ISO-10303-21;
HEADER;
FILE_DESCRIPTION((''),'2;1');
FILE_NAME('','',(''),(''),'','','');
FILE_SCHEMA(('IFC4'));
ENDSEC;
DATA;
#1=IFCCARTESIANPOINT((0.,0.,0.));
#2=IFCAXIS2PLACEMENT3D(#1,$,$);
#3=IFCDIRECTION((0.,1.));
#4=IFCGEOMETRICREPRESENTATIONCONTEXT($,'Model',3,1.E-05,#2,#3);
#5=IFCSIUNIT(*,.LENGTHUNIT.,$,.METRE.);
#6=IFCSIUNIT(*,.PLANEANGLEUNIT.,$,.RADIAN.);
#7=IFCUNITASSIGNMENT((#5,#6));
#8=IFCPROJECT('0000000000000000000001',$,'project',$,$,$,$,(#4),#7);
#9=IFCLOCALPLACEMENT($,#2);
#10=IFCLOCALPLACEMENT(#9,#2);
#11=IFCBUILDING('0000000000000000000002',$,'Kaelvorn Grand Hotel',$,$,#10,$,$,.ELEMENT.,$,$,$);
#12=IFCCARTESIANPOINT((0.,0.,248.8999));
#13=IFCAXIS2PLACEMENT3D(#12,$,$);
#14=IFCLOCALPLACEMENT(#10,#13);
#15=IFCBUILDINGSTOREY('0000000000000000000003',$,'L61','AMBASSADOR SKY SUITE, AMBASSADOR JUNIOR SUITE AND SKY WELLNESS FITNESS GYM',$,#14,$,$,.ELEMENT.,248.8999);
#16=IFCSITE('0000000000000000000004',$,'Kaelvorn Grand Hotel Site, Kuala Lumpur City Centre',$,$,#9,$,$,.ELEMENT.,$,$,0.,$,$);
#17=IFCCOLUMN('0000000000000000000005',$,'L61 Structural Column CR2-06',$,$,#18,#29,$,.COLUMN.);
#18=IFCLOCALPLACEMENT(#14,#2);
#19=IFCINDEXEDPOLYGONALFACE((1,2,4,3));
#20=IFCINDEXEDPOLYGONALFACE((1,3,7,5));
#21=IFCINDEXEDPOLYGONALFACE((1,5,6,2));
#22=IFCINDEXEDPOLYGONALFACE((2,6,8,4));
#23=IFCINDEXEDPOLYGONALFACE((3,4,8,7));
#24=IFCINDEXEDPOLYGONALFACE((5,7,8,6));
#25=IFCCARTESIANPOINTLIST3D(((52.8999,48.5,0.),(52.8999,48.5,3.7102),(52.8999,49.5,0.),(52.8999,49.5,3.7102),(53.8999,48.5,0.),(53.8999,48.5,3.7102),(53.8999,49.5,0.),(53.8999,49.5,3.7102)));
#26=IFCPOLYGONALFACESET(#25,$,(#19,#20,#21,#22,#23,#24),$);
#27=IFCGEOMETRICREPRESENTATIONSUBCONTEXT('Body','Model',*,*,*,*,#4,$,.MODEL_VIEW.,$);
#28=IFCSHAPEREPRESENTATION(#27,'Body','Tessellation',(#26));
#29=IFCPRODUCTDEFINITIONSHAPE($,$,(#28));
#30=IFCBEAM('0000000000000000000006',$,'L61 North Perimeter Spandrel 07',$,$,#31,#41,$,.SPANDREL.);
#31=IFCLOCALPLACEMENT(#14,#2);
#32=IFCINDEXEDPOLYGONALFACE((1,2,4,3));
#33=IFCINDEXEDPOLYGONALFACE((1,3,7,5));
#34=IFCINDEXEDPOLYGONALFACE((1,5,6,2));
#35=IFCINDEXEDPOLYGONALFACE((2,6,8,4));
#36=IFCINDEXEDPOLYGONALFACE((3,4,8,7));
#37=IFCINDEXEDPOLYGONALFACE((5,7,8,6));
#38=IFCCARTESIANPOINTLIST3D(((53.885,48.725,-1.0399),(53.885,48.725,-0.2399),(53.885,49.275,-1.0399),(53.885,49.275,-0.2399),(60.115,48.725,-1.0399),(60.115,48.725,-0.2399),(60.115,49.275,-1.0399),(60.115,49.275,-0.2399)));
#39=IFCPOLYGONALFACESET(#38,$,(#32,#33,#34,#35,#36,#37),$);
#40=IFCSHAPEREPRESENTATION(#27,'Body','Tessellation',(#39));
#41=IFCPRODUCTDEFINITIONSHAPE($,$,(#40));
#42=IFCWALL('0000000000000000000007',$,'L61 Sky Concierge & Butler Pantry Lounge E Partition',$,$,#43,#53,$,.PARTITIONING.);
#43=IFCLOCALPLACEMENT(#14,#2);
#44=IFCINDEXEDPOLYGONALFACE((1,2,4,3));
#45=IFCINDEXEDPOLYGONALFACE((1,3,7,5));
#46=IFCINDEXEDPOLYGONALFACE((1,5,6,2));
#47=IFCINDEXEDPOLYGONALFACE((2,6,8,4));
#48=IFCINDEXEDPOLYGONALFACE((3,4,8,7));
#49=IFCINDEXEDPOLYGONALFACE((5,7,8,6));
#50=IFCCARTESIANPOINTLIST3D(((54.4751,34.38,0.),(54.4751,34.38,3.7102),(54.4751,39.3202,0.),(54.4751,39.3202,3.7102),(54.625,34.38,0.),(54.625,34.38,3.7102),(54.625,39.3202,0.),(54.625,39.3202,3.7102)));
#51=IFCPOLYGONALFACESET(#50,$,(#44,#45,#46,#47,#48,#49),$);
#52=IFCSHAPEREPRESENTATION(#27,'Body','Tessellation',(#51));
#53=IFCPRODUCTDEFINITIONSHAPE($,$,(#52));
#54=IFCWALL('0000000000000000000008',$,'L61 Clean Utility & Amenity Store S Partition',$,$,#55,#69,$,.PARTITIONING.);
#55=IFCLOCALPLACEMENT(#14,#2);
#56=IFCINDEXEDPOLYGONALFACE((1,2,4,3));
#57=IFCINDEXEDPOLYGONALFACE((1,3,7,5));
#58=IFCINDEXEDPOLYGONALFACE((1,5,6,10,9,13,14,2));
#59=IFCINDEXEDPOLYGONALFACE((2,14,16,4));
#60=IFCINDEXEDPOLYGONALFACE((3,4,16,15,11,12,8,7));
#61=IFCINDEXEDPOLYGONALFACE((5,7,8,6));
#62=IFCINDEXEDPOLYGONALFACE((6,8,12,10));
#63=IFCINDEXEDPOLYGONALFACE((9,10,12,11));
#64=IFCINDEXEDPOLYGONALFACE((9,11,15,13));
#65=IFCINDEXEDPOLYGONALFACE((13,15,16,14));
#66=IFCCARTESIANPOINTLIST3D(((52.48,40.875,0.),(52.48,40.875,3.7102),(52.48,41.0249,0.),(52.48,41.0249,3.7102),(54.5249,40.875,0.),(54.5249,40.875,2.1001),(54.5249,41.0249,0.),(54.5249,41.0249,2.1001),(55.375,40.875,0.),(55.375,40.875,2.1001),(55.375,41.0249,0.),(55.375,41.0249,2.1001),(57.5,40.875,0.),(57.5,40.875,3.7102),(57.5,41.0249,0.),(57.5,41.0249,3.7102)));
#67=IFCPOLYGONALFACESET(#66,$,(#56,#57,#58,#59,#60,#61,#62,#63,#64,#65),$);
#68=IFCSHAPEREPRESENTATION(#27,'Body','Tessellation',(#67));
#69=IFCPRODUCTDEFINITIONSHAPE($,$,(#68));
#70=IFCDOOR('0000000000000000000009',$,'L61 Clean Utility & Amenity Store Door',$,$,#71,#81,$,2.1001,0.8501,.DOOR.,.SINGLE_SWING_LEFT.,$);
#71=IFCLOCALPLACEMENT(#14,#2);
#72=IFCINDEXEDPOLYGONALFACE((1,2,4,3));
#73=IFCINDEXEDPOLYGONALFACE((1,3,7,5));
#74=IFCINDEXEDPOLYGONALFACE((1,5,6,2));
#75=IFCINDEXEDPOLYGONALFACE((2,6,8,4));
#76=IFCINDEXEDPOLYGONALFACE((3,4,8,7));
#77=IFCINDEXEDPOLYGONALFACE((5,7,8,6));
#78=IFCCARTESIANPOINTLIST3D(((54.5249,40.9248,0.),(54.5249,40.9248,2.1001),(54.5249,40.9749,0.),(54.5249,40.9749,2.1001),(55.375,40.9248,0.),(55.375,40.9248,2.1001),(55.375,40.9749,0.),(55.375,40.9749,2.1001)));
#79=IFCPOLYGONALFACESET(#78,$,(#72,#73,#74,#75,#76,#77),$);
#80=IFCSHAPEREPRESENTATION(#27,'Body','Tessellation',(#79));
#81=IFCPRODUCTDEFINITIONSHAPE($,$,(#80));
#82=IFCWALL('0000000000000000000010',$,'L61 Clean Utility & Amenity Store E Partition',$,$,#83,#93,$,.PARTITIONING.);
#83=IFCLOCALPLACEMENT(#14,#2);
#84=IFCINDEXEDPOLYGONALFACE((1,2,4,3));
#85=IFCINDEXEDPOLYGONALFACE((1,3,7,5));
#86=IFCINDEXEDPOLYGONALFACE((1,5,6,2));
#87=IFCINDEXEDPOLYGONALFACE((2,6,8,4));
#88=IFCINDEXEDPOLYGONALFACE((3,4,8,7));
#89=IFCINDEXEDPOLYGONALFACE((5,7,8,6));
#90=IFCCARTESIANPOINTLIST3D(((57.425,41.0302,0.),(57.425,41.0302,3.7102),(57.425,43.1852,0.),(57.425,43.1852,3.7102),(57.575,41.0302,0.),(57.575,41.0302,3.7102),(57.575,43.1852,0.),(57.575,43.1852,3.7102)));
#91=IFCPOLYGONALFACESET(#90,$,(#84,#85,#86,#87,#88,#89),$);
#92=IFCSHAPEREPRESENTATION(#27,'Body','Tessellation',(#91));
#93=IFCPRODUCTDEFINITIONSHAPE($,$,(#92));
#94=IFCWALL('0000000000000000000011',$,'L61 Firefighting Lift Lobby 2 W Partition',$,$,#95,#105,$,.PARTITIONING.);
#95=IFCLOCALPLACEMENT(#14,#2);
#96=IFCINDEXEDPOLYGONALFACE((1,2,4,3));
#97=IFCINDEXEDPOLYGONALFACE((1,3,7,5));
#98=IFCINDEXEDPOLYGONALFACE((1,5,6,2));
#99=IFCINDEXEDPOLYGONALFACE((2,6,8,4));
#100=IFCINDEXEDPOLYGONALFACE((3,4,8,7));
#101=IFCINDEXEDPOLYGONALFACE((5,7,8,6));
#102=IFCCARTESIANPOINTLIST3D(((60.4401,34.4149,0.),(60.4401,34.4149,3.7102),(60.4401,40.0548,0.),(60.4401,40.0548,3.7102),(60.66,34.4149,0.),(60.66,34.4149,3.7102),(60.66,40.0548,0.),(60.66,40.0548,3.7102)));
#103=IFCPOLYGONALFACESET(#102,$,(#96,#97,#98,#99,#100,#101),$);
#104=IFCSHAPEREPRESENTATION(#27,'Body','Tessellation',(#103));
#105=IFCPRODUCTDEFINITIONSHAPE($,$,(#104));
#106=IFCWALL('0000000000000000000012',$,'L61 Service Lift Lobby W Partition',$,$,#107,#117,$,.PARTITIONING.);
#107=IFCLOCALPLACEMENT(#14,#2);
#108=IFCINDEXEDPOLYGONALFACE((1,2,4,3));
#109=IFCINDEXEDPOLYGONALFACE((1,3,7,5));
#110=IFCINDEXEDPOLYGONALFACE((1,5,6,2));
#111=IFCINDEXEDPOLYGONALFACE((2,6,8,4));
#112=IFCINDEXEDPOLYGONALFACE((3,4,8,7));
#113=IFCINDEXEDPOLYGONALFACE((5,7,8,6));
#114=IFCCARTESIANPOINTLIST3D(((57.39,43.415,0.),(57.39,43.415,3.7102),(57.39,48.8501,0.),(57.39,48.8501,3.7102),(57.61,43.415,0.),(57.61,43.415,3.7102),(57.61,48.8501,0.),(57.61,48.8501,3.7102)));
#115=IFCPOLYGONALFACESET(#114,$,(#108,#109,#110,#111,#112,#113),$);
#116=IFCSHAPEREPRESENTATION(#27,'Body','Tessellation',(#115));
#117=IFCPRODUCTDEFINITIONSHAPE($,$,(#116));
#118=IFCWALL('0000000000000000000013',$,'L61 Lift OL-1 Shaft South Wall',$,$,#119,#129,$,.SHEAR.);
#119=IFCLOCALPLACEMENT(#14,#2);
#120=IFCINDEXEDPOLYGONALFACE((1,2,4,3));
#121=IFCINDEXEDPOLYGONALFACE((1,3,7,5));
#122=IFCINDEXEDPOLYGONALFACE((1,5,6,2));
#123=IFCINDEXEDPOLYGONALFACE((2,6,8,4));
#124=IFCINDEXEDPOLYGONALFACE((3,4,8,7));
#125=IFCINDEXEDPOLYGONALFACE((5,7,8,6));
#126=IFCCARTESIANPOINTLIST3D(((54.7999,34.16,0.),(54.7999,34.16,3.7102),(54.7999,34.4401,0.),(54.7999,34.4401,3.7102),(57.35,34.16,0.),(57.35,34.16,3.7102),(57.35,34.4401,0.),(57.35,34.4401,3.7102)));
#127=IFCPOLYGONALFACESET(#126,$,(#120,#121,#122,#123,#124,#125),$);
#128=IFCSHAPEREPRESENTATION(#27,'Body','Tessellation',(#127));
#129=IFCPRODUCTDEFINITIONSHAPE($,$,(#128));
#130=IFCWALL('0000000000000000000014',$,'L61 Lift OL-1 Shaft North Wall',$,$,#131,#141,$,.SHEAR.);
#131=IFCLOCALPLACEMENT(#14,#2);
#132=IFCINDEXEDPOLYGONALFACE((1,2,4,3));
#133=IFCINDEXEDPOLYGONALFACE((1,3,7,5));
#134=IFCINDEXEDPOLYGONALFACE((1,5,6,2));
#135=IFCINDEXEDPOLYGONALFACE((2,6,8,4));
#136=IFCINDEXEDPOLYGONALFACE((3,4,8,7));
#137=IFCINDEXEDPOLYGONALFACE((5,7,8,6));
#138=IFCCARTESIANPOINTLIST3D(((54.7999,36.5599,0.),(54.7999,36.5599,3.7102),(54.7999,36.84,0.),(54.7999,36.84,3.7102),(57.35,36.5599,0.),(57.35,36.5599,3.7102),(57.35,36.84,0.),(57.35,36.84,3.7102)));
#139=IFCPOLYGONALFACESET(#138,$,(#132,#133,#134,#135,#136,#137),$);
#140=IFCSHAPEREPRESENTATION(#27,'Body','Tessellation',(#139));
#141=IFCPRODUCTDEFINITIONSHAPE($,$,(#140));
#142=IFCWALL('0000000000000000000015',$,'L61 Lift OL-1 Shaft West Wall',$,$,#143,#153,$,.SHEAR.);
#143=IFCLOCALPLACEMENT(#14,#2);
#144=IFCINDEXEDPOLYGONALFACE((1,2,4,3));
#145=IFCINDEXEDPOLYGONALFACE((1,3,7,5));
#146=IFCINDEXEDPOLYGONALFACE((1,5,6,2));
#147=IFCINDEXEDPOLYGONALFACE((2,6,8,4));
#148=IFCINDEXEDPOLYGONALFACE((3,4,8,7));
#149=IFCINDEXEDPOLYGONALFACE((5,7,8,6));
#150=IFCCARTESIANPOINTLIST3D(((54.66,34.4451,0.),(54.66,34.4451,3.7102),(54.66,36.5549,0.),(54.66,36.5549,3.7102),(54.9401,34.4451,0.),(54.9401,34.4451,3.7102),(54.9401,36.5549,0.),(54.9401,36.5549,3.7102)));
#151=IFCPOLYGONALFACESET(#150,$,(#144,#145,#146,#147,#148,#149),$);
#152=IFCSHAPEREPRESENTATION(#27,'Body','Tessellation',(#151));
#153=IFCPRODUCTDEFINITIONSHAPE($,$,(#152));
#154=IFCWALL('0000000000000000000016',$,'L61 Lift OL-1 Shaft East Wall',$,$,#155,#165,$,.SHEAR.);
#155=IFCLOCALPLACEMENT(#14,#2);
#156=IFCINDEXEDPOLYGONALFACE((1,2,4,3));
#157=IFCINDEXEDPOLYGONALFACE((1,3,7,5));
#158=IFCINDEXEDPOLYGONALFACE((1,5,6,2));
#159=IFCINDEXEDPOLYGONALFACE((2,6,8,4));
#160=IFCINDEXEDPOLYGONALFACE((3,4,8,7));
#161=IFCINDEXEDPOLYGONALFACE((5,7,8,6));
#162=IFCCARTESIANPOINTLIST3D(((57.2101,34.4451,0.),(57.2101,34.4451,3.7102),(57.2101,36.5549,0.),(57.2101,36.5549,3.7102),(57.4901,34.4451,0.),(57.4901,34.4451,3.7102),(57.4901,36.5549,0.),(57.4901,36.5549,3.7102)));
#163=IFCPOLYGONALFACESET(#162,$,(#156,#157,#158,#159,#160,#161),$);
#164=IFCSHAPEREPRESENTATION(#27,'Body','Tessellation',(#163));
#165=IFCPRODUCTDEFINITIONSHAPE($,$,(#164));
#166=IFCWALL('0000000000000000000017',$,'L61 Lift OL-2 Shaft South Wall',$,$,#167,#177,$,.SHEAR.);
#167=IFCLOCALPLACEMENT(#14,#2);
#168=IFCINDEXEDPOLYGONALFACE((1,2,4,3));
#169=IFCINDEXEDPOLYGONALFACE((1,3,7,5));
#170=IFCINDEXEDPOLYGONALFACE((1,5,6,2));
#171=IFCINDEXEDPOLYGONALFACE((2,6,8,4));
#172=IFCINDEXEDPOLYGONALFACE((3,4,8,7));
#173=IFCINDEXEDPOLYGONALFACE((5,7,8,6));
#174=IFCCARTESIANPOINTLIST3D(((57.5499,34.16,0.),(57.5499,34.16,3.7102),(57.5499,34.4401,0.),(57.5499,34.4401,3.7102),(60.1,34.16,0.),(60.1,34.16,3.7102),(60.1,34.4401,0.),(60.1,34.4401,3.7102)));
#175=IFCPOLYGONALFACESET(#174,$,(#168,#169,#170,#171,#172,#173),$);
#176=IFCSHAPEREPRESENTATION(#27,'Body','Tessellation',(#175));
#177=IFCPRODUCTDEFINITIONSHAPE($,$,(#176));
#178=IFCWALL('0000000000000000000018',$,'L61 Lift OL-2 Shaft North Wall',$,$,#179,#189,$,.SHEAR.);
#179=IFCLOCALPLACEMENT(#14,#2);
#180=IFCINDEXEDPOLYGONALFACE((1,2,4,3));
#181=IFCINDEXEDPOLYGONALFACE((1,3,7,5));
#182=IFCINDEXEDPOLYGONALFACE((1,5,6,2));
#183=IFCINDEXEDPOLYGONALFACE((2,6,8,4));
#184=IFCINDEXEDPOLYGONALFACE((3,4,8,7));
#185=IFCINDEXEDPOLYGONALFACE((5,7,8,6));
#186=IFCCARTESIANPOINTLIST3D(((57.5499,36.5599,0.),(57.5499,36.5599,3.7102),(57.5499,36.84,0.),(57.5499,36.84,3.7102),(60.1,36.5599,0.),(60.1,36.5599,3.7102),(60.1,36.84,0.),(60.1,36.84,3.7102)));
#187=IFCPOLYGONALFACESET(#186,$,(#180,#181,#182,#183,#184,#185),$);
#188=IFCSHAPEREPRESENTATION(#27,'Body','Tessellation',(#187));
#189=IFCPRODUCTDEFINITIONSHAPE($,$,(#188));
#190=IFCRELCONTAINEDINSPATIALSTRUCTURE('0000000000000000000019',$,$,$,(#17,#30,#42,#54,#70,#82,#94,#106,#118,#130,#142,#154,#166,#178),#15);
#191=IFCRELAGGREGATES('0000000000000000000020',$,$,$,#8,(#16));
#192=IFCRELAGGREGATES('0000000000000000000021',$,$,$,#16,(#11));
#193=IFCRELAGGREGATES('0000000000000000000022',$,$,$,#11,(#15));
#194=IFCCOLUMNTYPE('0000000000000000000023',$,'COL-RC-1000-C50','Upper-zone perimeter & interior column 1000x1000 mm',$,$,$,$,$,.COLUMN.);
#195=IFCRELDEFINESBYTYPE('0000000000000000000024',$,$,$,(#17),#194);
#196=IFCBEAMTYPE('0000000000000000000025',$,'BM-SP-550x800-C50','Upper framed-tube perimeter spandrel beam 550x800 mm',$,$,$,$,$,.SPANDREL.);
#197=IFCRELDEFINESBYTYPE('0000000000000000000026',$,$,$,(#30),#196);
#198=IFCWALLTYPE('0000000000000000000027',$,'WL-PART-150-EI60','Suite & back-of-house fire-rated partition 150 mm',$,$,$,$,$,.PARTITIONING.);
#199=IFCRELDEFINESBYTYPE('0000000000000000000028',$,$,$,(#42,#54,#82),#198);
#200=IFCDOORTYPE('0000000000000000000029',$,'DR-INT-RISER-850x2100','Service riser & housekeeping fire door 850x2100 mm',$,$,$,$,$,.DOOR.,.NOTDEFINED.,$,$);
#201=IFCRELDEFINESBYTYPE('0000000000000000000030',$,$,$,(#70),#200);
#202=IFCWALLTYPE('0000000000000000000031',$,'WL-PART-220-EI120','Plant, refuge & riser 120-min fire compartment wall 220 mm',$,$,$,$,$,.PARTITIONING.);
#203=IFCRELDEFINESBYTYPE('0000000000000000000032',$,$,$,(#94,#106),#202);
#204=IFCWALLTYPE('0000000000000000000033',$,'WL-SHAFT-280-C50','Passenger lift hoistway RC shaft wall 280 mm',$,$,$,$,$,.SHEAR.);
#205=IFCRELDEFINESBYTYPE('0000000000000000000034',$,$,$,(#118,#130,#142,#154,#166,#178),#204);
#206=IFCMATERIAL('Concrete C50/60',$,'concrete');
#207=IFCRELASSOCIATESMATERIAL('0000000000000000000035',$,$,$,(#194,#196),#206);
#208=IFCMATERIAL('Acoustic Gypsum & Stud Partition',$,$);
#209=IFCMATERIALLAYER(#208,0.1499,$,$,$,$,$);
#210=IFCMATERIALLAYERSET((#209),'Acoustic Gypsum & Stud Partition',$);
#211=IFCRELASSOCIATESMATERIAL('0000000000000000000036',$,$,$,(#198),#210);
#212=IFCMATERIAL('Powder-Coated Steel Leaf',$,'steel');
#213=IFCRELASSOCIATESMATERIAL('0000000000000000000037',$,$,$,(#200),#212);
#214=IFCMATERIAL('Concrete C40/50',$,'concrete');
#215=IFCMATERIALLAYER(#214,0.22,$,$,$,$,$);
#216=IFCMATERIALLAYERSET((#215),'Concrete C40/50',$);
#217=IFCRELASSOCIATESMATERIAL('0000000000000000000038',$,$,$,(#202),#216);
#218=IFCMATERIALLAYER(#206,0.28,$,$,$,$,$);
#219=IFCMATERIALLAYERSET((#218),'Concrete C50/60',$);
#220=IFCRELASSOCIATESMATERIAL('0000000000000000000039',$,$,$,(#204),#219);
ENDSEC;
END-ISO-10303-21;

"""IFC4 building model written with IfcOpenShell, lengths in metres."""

from ifc_helpers import new_model, si_unit, direction, frame, frame_2d, origin, origin_2d, place, context, subcontext, project, spatial, rectangle, extrude, material, layer, layer_set, material_profile, profile_set, type_object, element, fill, save


model = new_model("IFC4")

# Units and contexts
model_context = context("Model", 3, precision=1e-05, world=origin(), true_north=direction((0.0, 1.0)))
body_context = subcontext(model_context, "Body", "Model", "MODEL_VIEW")
ifc_project = project(units=[si_unit("LENGTHUNIT", "METRE"), si_unit("PLANEANGLEUNIT", "RADIAN")], contexts=[model_context])

# Site, building, storey
site_placement = place(None, origin())
site = spatial("IfcSite", under=ifc_project, at=site_placement, Name="Kaelvorn Grand Hotel Site, Kuala Lumpur City Centre", CompositionType="ELEMENT", RefElevation=0.0)
building_placement = place(site_placement, origin())
building = spatial("IfcBuilding", under=site, at=building_placement, Name="Kaelvorn Grand Hotel", CompositionType="ELEMENT")
storey_placement = place(building_placement, frame((0.0, 0.0, 248.8999)))
storey = spatial("IfcBuildingStorey", under=building, at=storey_placement, Name="L61", Description="AMBASSADOR SKY SUITE, AMBASSADOR JUNIOR SUITE AND SKY WELLNESS FITNESS GYM", CompositionType="ELEMENT", Elevation=248.8999)

# Column
ifc_material_1 = material(Name="Concrete C50/60", Category="concrete")
ifc_material_profile_1 = material_profile(ifc_material_1, rectangle(XDim=1.0, YDim=1.0, at=origin_2d()), Name="RC COL 1000x1000")
ifc_profile_set_1 = profile_set([ifc_material_profile_1], Name="Concrete C50/60")
column_type = type_object("IfcColumnType", Name="COL-RC-1000-C50", Description="Upper-zone perimeter & interior column 1000x1000 mm", PredefinedType="COLUMN", material=ifc_profile_set_1)
column_placement = place(storey_placement, frame((53.3999, 49.0, 0.0), z_axis=(0.0, 0.0, 1.0), x_axis=(1.0, 0.0, 0.0)))
element("IfcColumn", 1, at=column_placement, inside=storey, type_object=column_type, Name="L61 Structural Column CR2-06", PredefinedType="COLUMN", context=body_context, shape_type="SweptSolid", body=[
    extrude(rectangle(XDim=1.0, YDim=1.0, at=origin_2d()), origin(), (0.0, 0.0, 1.0), 3.7102),
])

# Beam
ifc_material_profile_2 = material_profile(ifc_material_1, rectangle(XDim=0.55, YDim=0.8, at=origin_2d()), Name="RC SPANDREL 550x800")
ifc_profile_set_2 = profile_set([ifc_material_profile_2], Name="Concrete C50/60")
beam_type = type_object("IfcBeamType", Name="BM-SP-550x800-C50", Description="Upper framed-tube perimeter spandrel beam 550x800 mm", PredefinedType="SPANDREL", material=ifc_profile_set_2)
beam_placement = place(storey_placement, frame((53.885, 49.0, -0.6399), z_axis=(1.0, 0.0, 0.0), x_axis=(0.0, 1.0, 0.0)))
element("IfcBeam", 2, at=beam_placement, inside=storey, type_object=beam_type, Name="L61 North Perimeter Spandrel 07", PredefinedType="SPANDREL", context=body_context, shape_type="SweptSolid", body=[
    extrude(rectangle(XDim=0.55, YDim=0.8, at=origin_2d()), origin(), (0.0, 0.0, 1.0), 6.23),
])

# Wall
ifc_material_2 = material(Name="Acoustic Gypsum & Stud Partition")
ifc_layer_1 = layer(ifc_material_2, 0.1499)
ifc_layer_set_1 = layer_set([ifc_layer_1], Name="Acoustic Gypsum & Stud Partition")
wall_type_1 = type_object("IfcWallType", Name="WL-PART-150-EI60", Description="Suite & back-of-house fire-rated partition 150 mm", PredefinedType="PARTITIONING", material=ifc_layer_set_1)
wall_1_placement = place(storey_placement, frame((54.55, 34.3799, 0.0), z_axis=(0.0, 0.0, 1.0), x_axis=(0.0, 1.0, 0.0)))
element("IfcWall", 3, at=wall_1_placement, inside=storey, type_object=wall_type_1, Name="L61 Sky Concierge & Butler Pantry Lounge E Partition", PredefinedType="PARTITIONING", context=body_context, shape_type="SweptSolid", body=[
    extrude(rectangle(XDim=4.9402, YDim=0.1499, at=frame_2d((2.4702, 0.0))), origin(), (0.0, 0.0, 1.0), 3.7102),
])

# Wall, opening, door
wall_2_placement = place(storey_placement, frame((52.48, 40.95, 0.0), z_axis=(0.0, 0.0, 1.0), x_axis=(1.0, 0.0, 0.0)))
wall_2 = element("IfcWall", 4, at=wall_2_placement, inside=storey, type_object=wall_type_1, Name="L61 Clean Utility & Amenity Store S Partition", PredefinedType="PARTITIONING", context=body_context, shape_type="SweptSolid", body=[
    extrude(rectangle(XDim=5.02, YDim=0.1499, at=frame_2d((2.51, 0.0))), origin(), (0.0, 0.0, 1.0), 3.7102),
])
opening_1_placement = place(wall_2_placement, frame((2.0449, 0.0, 0.0)))
opening_1 = element("IfcOpeningElement", 5, at=opening_1_placement, cuts=wall_2, PredefinedType="OPENING", context=body_context, shape_type="SweptSolid", body=[
    extrude(rectangle(XDim=0.8501, YDim=2.1001, at=frame_2d((0.425, 1.05))), frame((0.0, 0.085, 0.0), z_axis=(0.0, -1.0, 0.0), x_axis=(1.0, 0.0, 0.0)), (0.0, 0.0, 1.0), 0.1699),
])
ifc_material_3 = material(Name="Powder-Coated Steel Leaf", Category="steel")
door_type_1 = type_object("IfcDoorType", Name="DR-INT-RISER-850x2100", Description="Service riser & housekeeping fire door 850x2100 mm", OperationType="NOTDEFINED", PredefinedType="DOOR", material=ifc_material_3)
door_1_placement = place(opening_1_placement, origin())
door_1 = element("IfcDoor", 6, at=door_1_placement, inside=storey, type_object=door_type_1, Name="L61 Clean Utility & Amenity Store Door", OperationType="SINGLE_SWING_LEFT", OverallHeight=2.1001, OverallWidth=0.8501, PredefinedType="DOOR", context=body_context, shape_type="SweptSolid", body=[
    extrude(rectangle(XDim=0.8501, YDim=2.1001, at=frame_2d((0.425, 1.05))), frame((0.0, 0.0249, 0.0), z_axis=(0.0, -1.0, 0.0), x_axis=(1.0, 0.0, 0.0)), (0.0, 0.0, 1.0), 0.05),
])
fill(opening_1, door_1)

# Wall
wall_3_placement = place(storey_placement, frame((57.5, 41.03, 0.0), z_axis=(0.0, 0.0, 1.0), x_axis=(0.0, 1.0, 0.0)))
element("IfcWall", 7, at=wall_3_placement, inside=storey, type_object=wall_type_1, Name="L61 Clean Utility & Amenity Store E Partition", PredefinedType="PARTITIONING", context=body_context, shape_type="SweptSolid", body=[
    extrude(rectangle(XDim=2.155, YDim=0.1499, at=frame_2d((1.0776, 0.0))), origin(), (0.0, 0.0, 1.0), 3.7102),
])

# Shared definitions
ifc_material_4 = material(Name="Concrete C40/50", Category="concrete")
ifc_layer_2 = layer(ifc_material_4, 0.22)
ifc_layer_set_2 = layer_set([ifc_layer_2], Name="Concrete C40/50")
wall_type_2 = type_object("IfcWallType", Name="WL-PART-220-EI120", Description="Plant, refuge & riser 120-min fire compartment wall 220 mm", PredefinedType="PARTITIONING", material=ifc_layer_set_2)

# Wall
wall_4_placement = place(storey_placement, frame((60.55, 34.415, 0.0), z_axis=(0.0, 0.0, 1.0), x_axis=(0.0, 1.0, 0.0)))
element("IfcWall", 8, at=wall_4_placement, inside=storey, type_object=wall_type_2, Name="L61 Firefighting Lift Lobby 2 W Partition", PredefinedType="PARTITIONING", context=body_context, shape_type="SweptSolid", body=[
    extrude(rectangle(XDim=5.6399, YDim=0.22, at=frame_2d((2.8198, 0.0))), origin(), (0.0, 0.0, 1.0), 3.7102),
])

# Walls
wall_5_placement = place(storey_placement, frame((57.5, 43.415, 0.0), z_axis=(0.0, 0.0, 1.0), x_axis=(0.0, 1.0, 0.0)))
element("IfcWall", 9, at=wall_5_placement, inside=storey, type_object=wall_type_2, Name="L61 Service Lift Lobby W Partition", PredefinedType="PARTITIONING", context=body_context, shape_type="SweptSolid", body=[
    extrude(rectangle(XDim=5.4351, YDim=0.22, at=frame_2d((2.7175, 0.0))), origin(), (0.0, 0.0, 1.0), 3.7102),
])
ifc_layer_3 = layer(ifc_material_1, 0.28)
ifc_layer_set_3 = layer_set([ifc_layer_3], Name="Concrete C50/60")
wall_type_3 = type_object("IfcWallType", Name="WL-SHAFT-280-C50", Description="Passenger lift hoistway RC shaft wall 280 mm", PredefinedType="SHEAR", material=ifc_layer_set_3)
for number, where, z_axis, x_axis, name in (
    (10, (54.8, 34.3, 0.0), (0.0, 0.0, 1.0), (1.0, 0.0, 0.0), "L61 Lift OL-1 Shaft South Wall"),
    (11, (54.8, 36.7, 0.0), (0.0, 0.0, 1.0), (1.0, 0.0, 0.0), "L61 Lift OL-1 Shaft North Wall"),
):
    element("IfcWall", number, at=place(storey_placement, frame(where, z_axis=z_axis, x_axis=x_axis)), inside=storey, type_object=wall_type_3, Name=name, PredefinedType="SHEAR", context=body_context, shape_type="SweptSolid", body=[
        extrude(rectangle(XDim=2.55, YDim=0.28, at=frame_2d((1.2749, 0.0))), origin(), (0.0, 0.0, 1.0), 3.7102),
    ])
for number, where, z_axis, x_axis, name in (
    (12, (54.8, 34.4451, 0.0), (0.0, 0.0, 1.0), (0.0, 1.0, 0.0), "L61 Lift OL-1 Shaft West Wall"),
    (13, (57.3501, 34.4451, 0.0), (0.0, 0.0, 1.0), (0.0, 1.0, 0.0), "L61 Lift OL-1 Shaft East Wall"),
):
    element("IfcWall", number, at=place(storey_placement, frame(where, z_axis=z_axis, x_axis=x_axis)), inside=storey, type_object=wall_type_3, Name=name, PredefinedType="SHEAR", context=body_context, shape_type="SweptSolid", body=[
        extrude(rectangle(XDim=2.1099, YDim=0.28, at=frame_2d((1.0549, 0.0))), origin(), (0.0, 0.0, 1.0), 3.7102),
    ])
for number, where, z_axis, x_axis, name in (
    (14, (57.55, 34.3, 0.0), (0.0, 0.0, 1.0), (1.0, 0.0, 0.0), "L61 Lift OL-2 Shaft South Wall"),
    (15, (57.55, 36.7, 0.0), (0.0, 0.0, 1.0), (1.0, 0.0, 0.0), "L61 Lift OL-2 Shaft North Wall"),
):
    element("IfcWall", number, at=place(storey_placement, frame(where, z_axis=z_axis, x_axis=x_axis)), inside=storey, type_object=wall_type_3, Name=name, PredefinedType="SHEAR", context=body_context, shape_type="SweptSolid", body=[
        extrude(rectangle(XDim=2.55, YDim=0.28, at=frame_2d((1.2749, 0.0))), origin(), (0.0, 0.0, 1.0), 3.7102),
    ])

save(model, "model.ifc")
